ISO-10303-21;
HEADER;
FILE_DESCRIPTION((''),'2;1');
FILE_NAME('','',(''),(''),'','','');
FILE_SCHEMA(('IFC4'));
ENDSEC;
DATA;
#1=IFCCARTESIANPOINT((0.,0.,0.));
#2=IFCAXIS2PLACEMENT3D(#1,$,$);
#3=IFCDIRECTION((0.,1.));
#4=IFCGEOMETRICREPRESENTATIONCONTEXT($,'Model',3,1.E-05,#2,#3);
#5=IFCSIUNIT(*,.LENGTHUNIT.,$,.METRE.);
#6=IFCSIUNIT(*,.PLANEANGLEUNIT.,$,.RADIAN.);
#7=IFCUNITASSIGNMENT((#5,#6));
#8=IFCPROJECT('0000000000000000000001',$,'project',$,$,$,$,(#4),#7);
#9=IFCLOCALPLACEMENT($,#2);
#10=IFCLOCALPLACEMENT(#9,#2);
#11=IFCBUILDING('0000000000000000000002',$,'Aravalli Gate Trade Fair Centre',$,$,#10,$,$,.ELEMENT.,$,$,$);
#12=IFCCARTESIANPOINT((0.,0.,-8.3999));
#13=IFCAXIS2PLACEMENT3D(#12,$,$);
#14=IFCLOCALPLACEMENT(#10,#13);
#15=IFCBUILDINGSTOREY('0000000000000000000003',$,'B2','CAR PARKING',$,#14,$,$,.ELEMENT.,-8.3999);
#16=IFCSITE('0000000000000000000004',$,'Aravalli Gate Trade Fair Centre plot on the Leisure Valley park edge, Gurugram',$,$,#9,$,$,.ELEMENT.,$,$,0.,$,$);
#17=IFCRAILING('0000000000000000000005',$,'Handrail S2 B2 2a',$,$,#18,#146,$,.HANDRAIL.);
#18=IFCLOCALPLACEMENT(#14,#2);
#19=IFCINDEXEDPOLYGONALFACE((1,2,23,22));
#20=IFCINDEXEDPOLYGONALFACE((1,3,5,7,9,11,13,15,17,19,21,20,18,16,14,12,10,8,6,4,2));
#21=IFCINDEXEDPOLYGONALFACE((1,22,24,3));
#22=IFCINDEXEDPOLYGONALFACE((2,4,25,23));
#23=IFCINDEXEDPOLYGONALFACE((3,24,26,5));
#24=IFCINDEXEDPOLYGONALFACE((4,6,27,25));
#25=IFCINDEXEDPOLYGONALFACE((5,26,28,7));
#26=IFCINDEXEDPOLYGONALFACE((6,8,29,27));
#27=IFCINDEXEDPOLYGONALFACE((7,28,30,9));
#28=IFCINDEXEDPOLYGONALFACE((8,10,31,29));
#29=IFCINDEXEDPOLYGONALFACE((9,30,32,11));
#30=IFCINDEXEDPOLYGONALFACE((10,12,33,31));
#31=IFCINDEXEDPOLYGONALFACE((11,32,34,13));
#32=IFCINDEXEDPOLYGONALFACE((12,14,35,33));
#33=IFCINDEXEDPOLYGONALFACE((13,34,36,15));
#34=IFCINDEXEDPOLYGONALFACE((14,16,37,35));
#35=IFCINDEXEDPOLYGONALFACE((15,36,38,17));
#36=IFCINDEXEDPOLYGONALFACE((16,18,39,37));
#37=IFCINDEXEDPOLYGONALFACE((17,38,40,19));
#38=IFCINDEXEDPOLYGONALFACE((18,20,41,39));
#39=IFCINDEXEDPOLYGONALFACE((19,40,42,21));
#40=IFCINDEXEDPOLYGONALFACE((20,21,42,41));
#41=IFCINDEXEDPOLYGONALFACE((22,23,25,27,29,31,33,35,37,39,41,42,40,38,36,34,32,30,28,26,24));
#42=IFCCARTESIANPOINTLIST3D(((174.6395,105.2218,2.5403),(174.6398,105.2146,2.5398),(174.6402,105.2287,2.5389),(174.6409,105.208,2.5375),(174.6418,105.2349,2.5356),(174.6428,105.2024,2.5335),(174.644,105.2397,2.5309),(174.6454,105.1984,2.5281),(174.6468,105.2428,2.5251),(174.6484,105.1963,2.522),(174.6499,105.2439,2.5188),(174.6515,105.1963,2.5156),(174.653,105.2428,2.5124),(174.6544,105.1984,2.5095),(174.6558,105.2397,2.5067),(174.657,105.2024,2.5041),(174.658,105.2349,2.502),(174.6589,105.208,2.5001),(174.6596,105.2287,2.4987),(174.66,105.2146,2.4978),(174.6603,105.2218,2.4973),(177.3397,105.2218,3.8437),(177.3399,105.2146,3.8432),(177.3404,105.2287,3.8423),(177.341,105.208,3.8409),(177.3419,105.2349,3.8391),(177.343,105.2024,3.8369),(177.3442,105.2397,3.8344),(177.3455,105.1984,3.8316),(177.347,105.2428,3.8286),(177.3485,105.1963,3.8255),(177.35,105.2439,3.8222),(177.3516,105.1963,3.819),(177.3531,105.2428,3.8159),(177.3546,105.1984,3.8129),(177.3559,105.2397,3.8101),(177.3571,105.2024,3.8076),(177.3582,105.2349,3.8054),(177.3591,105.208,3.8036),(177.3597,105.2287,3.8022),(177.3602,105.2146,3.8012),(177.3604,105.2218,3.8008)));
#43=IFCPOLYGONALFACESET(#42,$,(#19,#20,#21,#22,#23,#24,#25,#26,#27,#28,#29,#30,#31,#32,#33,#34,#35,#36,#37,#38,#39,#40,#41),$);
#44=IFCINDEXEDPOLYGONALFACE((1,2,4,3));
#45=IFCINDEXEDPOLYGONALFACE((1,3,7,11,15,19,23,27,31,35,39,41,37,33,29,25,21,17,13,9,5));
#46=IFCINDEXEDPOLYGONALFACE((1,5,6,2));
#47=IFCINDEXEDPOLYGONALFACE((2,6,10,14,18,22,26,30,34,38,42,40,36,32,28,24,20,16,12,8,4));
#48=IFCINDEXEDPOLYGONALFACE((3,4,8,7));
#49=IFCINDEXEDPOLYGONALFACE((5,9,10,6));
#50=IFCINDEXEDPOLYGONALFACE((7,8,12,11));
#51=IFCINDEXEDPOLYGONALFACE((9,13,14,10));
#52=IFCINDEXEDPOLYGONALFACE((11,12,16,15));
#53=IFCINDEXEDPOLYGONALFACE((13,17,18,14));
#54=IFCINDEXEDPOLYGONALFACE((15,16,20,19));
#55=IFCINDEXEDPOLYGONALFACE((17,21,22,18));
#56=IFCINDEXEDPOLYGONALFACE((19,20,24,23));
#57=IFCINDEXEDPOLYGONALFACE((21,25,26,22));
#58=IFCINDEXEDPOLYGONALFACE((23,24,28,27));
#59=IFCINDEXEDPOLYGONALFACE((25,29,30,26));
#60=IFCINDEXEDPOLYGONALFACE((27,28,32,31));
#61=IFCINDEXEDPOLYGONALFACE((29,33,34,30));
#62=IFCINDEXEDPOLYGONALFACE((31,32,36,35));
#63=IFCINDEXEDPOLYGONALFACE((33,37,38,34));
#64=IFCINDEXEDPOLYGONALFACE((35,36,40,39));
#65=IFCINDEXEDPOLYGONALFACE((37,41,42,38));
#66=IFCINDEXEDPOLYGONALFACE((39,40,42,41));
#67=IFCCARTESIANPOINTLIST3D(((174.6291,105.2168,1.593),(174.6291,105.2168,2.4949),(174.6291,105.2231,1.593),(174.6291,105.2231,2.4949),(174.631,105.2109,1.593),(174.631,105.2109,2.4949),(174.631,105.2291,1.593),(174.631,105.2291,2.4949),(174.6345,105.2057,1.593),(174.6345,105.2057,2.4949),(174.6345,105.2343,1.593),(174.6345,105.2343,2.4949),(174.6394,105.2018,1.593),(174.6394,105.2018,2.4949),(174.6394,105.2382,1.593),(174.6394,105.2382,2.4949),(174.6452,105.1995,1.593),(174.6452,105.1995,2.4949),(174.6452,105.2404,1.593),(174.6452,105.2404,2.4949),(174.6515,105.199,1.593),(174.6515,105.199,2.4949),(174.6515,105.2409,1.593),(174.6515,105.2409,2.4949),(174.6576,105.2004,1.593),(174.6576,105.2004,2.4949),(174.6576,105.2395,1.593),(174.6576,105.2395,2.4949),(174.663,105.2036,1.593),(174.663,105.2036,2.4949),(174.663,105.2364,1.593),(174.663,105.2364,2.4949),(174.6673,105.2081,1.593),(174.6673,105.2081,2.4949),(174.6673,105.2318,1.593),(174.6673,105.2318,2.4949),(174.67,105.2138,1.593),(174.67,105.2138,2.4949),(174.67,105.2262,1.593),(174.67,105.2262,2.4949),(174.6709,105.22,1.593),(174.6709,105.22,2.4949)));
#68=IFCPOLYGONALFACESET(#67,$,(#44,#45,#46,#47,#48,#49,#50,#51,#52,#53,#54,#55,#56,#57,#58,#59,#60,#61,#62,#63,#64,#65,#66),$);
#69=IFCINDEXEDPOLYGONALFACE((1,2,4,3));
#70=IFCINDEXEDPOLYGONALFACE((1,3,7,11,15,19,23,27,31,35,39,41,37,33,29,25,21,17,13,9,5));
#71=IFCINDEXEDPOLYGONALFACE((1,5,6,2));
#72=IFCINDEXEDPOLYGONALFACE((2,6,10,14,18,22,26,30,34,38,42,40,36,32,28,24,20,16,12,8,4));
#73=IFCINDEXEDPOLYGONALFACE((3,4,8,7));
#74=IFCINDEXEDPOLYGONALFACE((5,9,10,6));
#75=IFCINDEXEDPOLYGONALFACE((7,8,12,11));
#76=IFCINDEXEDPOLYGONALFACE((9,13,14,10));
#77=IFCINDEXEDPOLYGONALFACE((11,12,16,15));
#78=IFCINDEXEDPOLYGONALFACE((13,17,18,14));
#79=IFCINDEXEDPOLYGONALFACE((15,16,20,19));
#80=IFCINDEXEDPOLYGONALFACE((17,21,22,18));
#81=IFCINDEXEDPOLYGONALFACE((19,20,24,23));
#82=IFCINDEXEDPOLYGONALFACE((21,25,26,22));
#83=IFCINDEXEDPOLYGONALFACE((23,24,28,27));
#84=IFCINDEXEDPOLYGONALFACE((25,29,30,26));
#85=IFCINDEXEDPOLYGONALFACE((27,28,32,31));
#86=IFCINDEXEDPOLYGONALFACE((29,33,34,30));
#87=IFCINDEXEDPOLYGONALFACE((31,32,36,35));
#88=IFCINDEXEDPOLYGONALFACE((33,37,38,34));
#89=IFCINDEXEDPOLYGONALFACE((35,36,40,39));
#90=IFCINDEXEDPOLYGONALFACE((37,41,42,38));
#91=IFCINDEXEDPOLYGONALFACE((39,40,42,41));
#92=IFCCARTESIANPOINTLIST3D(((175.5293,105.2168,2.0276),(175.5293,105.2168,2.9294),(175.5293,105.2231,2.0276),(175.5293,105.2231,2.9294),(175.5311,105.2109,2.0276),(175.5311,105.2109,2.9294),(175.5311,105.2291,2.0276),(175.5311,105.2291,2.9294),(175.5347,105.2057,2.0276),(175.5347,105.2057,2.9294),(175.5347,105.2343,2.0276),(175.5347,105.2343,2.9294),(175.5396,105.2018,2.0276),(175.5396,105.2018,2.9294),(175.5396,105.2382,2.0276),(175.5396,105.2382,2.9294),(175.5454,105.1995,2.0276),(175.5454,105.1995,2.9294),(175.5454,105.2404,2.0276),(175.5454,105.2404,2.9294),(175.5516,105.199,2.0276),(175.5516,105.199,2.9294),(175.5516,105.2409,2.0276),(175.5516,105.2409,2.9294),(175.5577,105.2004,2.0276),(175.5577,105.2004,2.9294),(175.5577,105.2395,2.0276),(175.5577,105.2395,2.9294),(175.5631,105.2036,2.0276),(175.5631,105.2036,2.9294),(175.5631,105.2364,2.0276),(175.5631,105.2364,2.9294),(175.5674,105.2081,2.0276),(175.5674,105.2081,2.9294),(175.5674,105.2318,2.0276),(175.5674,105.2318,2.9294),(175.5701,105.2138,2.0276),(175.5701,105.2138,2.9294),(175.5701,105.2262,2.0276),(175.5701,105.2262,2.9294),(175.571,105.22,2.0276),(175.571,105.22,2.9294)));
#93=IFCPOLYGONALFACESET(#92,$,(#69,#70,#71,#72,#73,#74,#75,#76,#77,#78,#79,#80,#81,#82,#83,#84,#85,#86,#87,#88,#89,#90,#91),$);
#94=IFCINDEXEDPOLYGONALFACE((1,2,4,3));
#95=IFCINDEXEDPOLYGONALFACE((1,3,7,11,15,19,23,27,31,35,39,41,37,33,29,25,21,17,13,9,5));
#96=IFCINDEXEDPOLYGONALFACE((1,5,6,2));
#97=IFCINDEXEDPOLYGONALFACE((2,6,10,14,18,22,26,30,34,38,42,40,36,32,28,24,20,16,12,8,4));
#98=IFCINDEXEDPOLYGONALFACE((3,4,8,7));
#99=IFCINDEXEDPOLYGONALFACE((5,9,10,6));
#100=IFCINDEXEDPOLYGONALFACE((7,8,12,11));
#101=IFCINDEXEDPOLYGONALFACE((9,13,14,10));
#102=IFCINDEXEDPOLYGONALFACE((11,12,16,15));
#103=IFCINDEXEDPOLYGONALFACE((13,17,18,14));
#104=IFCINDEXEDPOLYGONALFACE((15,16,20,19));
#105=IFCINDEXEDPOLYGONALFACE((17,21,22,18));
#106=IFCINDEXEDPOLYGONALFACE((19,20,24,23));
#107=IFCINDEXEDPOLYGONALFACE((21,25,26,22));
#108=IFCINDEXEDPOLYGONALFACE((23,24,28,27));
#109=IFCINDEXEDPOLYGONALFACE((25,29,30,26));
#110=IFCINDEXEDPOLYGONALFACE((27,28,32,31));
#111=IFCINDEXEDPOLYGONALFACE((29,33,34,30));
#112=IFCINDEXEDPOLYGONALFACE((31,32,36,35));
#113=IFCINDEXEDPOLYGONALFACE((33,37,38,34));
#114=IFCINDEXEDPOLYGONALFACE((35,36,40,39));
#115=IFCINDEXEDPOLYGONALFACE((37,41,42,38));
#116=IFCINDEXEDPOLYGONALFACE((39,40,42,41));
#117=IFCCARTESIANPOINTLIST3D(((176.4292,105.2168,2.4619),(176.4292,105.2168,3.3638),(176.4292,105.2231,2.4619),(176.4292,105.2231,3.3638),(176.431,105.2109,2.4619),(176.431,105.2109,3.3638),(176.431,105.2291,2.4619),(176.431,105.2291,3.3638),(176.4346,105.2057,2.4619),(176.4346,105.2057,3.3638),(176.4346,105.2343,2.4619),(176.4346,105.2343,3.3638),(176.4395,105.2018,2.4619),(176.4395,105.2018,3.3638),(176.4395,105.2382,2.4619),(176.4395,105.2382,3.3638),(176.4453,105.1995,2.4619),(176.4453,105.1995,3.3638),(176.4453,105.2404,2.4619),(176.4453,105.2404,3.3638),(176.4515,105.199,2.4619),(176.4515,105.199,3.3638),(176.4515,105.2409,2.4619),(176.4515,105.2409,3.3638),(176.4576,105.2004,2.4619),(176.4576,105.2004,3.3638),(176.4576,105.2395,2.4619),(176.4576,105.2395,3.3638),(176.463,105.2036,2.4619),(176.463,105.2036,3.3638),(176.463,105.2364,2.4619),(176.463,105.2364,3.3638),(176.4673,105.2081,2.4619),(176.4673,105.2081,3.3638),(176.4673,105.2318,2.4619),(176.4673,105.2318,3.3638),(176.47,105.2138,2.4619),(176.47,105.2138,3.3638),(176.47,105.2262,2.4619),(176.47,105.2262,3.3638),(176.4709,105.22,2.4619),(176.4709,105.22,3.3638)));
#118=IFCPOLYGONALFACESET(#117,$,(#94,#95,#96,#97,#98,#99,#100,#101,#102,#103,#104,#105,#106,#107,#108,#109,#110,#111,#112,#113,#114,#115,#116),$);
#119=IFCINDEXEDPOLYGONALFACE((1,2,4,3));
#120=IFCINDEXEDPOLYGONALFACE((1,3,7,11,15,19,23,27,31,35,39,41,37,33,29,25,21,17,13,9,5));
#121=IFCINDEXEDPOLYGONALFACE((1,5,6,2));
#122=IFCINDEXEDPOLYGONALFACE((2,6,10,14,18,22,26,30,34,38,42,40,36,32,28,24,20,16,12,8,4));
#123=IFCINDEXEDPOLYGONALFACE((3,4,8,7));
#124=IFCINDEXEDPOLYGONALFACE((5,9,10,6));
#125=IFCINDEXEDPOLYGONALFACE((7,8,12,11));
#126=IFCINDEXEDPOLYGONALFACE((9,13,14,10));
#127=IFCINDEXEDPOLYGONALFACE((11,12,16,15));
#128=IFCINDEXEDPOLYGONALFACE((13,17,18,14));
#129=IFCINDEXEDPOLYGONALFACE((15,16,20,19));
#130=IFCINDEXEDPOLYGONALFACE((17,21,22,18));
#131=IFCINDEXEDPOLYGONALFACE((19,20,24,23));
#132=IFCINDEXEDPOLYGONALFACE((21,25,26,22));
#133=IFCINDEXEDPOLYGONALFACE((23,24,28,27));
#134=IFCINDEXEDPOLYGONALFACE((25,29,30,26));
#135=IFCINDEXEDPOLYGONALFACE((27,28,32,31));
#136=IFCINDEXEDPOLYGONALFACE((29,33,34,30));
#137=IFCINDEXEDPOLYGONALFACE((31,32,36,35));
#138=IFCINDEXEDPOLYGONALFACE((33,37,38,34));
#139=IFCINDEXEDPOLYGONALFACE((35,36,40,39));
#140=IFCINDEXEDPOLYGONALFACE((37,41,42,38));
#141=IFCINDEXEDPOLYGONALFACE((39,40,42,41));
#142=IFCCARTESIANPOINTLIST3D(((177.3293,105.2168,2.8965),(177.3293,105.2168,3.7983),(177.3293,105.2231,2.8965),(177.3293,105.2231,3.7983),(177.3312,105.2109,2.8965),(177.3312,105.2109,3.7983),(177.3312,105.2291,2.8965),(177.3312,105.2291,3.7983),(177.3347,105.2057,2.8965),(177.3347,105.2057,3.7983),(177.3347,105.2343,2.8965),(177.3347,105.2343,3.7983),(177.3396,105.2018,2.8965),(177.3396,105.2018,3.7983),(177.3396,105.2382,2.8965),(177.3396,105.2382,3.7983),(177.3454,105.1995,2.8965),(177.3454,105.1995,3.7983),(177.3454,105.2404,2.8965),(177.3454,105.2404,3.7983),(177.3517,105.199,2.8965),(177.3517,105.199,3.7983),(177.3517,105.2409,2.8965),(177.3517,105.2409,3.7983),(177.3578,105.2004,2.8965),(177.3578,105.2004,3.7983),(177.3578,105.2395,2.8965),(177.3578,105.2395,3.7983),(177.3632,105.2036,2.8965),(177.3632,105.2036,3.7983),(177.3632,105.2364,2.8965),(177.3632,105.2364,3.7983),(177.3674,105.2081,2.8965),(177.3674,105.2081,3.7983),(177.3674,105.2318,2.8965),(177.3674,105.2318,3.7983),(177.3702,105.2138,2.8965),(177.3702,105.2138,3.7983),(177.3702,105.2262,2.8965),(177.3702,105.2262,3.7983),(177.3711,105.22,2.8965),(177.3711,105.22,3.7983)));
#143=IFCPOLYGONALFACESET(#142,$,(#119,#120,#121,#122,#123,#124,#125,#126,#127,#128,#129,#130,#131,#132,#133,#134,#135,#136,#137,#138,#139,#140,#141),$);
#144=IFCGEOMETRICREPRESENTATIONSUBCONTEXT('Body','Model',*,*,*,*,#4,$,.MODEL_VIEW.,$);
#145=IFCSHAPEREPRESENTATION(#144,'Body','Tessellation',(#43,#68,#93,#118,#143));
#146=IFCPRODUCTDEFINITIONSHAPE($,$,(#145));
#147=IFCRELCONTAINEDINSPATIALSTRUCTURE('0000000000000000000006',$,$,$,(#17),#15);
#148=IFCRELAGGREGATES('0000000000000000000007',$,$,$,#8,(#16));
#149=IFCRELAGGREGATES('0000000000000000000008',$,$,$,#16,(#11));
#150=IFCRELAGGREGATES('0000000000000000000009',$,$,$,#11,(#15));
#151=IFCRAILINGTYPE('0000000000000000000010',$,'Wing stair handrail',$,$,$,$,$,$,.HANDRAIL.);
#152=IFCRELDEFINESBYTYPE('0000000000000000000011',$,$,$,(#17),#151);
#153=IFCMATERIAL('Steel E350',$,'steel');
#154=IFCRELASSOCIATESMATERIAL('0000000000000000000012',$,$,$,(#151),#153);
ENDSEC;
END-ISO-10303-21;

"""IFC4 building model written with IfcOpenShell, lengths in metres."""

from ifc_helpers import new_model, si_unit, direction, frame, origin, origin_2d, place, context, subcontext, project, spatial, circle, extrude, material, type_object, element, save


model = new_model("IFC4")

# Units and contexts
model_context = context("Model", 3, precision=1e-05, world=origin(), true_north=direction((0.0, 1.0)))
body_context = subcontext(model_context, "Body", "Model", "MODEL_VIEW")
ifc_project = project(units=[si_unit("LENGTHUNIT", "METRE"), si_unit("PLANEANGLEUNIT", "RADIAN")], contexts=[model_context])

# Site, building, storey
site_placement = place(None, origin())
site = spatial("IfcSite", under=ifc_project, at=site_placement, Name="Aravalli Gate Trade Fair Centre plot on the Leisure Valley park edge, Gurugram", CompositionType="ELEMENT", RefElevation=0.0)
building_placement = place(site_placement, origin())
building = spatial("IfcBuilding", under=site, at=building_placement, Name="Aravalli Gate Trade Fair Centre", CompositionType="ELEMENT")
storey_placement = place(building_placement, frame((0.0, 0.0, -8.3999)))
storey = spatial("IfcBuildingStorey", under=building, at=storey_placement, Name="B2", Description="CAR PARKING", CompositionType="ELEMENT", Elevation=-8.3999)

# Shared definitions
ifc_material_1 = material(Name="Steel E350", Category="steel")

# Railing
railing_type = type_object("IfcRailingType", Name="Wing stair handrail", PredefinedType="HANDRAIL", material=ifc_material_1)
for number, where, name in (
    (1, (174.6499, 105.22, 1.593), "Handrail S2 B2 2a"),
):
    element("IfcRailing", number, at=place(storey_placement, frame(where)), inside=storey, type_object=railing_type, Name=name, PredefinedType="HANDRAIL", context=body_context, shape_type="SweptSolid", body=[
        extrude(circle(Radius=0.0239, at=origin_2d()), frame((0.0, 0.0, 0.9258), z_axis=(0.900562, 0.0, 0.434729), x_axis=(0.0, 1.0, 0.0)), (0.0, 0.0, 1.0), 2.9983),
        extrude(circle(Radius=0.021, at=origin_2d()), origin(), (0.0, 0.0, 1.0), 0.9019),
        extrude(circle(Radius=0.021, at=origin_2d()), frame((0.9001, 0.0, 0.4346)), (0.0, 0.0, 1.0), 0.9019),
        extrude(circle(Radius=0.021, at=origin_2d()), frame((1.8, 0.0, 0.8689)), (0.0, 0.0, 1.0), 0.9019),
        extrude(circle(Radius=0.021, at=origin_2d()), frame((2.7002, 0.0, 1.3035)), (0.0, 0.0, 1.0), 0.9019),
    ])

save(model, "model.ifc")
